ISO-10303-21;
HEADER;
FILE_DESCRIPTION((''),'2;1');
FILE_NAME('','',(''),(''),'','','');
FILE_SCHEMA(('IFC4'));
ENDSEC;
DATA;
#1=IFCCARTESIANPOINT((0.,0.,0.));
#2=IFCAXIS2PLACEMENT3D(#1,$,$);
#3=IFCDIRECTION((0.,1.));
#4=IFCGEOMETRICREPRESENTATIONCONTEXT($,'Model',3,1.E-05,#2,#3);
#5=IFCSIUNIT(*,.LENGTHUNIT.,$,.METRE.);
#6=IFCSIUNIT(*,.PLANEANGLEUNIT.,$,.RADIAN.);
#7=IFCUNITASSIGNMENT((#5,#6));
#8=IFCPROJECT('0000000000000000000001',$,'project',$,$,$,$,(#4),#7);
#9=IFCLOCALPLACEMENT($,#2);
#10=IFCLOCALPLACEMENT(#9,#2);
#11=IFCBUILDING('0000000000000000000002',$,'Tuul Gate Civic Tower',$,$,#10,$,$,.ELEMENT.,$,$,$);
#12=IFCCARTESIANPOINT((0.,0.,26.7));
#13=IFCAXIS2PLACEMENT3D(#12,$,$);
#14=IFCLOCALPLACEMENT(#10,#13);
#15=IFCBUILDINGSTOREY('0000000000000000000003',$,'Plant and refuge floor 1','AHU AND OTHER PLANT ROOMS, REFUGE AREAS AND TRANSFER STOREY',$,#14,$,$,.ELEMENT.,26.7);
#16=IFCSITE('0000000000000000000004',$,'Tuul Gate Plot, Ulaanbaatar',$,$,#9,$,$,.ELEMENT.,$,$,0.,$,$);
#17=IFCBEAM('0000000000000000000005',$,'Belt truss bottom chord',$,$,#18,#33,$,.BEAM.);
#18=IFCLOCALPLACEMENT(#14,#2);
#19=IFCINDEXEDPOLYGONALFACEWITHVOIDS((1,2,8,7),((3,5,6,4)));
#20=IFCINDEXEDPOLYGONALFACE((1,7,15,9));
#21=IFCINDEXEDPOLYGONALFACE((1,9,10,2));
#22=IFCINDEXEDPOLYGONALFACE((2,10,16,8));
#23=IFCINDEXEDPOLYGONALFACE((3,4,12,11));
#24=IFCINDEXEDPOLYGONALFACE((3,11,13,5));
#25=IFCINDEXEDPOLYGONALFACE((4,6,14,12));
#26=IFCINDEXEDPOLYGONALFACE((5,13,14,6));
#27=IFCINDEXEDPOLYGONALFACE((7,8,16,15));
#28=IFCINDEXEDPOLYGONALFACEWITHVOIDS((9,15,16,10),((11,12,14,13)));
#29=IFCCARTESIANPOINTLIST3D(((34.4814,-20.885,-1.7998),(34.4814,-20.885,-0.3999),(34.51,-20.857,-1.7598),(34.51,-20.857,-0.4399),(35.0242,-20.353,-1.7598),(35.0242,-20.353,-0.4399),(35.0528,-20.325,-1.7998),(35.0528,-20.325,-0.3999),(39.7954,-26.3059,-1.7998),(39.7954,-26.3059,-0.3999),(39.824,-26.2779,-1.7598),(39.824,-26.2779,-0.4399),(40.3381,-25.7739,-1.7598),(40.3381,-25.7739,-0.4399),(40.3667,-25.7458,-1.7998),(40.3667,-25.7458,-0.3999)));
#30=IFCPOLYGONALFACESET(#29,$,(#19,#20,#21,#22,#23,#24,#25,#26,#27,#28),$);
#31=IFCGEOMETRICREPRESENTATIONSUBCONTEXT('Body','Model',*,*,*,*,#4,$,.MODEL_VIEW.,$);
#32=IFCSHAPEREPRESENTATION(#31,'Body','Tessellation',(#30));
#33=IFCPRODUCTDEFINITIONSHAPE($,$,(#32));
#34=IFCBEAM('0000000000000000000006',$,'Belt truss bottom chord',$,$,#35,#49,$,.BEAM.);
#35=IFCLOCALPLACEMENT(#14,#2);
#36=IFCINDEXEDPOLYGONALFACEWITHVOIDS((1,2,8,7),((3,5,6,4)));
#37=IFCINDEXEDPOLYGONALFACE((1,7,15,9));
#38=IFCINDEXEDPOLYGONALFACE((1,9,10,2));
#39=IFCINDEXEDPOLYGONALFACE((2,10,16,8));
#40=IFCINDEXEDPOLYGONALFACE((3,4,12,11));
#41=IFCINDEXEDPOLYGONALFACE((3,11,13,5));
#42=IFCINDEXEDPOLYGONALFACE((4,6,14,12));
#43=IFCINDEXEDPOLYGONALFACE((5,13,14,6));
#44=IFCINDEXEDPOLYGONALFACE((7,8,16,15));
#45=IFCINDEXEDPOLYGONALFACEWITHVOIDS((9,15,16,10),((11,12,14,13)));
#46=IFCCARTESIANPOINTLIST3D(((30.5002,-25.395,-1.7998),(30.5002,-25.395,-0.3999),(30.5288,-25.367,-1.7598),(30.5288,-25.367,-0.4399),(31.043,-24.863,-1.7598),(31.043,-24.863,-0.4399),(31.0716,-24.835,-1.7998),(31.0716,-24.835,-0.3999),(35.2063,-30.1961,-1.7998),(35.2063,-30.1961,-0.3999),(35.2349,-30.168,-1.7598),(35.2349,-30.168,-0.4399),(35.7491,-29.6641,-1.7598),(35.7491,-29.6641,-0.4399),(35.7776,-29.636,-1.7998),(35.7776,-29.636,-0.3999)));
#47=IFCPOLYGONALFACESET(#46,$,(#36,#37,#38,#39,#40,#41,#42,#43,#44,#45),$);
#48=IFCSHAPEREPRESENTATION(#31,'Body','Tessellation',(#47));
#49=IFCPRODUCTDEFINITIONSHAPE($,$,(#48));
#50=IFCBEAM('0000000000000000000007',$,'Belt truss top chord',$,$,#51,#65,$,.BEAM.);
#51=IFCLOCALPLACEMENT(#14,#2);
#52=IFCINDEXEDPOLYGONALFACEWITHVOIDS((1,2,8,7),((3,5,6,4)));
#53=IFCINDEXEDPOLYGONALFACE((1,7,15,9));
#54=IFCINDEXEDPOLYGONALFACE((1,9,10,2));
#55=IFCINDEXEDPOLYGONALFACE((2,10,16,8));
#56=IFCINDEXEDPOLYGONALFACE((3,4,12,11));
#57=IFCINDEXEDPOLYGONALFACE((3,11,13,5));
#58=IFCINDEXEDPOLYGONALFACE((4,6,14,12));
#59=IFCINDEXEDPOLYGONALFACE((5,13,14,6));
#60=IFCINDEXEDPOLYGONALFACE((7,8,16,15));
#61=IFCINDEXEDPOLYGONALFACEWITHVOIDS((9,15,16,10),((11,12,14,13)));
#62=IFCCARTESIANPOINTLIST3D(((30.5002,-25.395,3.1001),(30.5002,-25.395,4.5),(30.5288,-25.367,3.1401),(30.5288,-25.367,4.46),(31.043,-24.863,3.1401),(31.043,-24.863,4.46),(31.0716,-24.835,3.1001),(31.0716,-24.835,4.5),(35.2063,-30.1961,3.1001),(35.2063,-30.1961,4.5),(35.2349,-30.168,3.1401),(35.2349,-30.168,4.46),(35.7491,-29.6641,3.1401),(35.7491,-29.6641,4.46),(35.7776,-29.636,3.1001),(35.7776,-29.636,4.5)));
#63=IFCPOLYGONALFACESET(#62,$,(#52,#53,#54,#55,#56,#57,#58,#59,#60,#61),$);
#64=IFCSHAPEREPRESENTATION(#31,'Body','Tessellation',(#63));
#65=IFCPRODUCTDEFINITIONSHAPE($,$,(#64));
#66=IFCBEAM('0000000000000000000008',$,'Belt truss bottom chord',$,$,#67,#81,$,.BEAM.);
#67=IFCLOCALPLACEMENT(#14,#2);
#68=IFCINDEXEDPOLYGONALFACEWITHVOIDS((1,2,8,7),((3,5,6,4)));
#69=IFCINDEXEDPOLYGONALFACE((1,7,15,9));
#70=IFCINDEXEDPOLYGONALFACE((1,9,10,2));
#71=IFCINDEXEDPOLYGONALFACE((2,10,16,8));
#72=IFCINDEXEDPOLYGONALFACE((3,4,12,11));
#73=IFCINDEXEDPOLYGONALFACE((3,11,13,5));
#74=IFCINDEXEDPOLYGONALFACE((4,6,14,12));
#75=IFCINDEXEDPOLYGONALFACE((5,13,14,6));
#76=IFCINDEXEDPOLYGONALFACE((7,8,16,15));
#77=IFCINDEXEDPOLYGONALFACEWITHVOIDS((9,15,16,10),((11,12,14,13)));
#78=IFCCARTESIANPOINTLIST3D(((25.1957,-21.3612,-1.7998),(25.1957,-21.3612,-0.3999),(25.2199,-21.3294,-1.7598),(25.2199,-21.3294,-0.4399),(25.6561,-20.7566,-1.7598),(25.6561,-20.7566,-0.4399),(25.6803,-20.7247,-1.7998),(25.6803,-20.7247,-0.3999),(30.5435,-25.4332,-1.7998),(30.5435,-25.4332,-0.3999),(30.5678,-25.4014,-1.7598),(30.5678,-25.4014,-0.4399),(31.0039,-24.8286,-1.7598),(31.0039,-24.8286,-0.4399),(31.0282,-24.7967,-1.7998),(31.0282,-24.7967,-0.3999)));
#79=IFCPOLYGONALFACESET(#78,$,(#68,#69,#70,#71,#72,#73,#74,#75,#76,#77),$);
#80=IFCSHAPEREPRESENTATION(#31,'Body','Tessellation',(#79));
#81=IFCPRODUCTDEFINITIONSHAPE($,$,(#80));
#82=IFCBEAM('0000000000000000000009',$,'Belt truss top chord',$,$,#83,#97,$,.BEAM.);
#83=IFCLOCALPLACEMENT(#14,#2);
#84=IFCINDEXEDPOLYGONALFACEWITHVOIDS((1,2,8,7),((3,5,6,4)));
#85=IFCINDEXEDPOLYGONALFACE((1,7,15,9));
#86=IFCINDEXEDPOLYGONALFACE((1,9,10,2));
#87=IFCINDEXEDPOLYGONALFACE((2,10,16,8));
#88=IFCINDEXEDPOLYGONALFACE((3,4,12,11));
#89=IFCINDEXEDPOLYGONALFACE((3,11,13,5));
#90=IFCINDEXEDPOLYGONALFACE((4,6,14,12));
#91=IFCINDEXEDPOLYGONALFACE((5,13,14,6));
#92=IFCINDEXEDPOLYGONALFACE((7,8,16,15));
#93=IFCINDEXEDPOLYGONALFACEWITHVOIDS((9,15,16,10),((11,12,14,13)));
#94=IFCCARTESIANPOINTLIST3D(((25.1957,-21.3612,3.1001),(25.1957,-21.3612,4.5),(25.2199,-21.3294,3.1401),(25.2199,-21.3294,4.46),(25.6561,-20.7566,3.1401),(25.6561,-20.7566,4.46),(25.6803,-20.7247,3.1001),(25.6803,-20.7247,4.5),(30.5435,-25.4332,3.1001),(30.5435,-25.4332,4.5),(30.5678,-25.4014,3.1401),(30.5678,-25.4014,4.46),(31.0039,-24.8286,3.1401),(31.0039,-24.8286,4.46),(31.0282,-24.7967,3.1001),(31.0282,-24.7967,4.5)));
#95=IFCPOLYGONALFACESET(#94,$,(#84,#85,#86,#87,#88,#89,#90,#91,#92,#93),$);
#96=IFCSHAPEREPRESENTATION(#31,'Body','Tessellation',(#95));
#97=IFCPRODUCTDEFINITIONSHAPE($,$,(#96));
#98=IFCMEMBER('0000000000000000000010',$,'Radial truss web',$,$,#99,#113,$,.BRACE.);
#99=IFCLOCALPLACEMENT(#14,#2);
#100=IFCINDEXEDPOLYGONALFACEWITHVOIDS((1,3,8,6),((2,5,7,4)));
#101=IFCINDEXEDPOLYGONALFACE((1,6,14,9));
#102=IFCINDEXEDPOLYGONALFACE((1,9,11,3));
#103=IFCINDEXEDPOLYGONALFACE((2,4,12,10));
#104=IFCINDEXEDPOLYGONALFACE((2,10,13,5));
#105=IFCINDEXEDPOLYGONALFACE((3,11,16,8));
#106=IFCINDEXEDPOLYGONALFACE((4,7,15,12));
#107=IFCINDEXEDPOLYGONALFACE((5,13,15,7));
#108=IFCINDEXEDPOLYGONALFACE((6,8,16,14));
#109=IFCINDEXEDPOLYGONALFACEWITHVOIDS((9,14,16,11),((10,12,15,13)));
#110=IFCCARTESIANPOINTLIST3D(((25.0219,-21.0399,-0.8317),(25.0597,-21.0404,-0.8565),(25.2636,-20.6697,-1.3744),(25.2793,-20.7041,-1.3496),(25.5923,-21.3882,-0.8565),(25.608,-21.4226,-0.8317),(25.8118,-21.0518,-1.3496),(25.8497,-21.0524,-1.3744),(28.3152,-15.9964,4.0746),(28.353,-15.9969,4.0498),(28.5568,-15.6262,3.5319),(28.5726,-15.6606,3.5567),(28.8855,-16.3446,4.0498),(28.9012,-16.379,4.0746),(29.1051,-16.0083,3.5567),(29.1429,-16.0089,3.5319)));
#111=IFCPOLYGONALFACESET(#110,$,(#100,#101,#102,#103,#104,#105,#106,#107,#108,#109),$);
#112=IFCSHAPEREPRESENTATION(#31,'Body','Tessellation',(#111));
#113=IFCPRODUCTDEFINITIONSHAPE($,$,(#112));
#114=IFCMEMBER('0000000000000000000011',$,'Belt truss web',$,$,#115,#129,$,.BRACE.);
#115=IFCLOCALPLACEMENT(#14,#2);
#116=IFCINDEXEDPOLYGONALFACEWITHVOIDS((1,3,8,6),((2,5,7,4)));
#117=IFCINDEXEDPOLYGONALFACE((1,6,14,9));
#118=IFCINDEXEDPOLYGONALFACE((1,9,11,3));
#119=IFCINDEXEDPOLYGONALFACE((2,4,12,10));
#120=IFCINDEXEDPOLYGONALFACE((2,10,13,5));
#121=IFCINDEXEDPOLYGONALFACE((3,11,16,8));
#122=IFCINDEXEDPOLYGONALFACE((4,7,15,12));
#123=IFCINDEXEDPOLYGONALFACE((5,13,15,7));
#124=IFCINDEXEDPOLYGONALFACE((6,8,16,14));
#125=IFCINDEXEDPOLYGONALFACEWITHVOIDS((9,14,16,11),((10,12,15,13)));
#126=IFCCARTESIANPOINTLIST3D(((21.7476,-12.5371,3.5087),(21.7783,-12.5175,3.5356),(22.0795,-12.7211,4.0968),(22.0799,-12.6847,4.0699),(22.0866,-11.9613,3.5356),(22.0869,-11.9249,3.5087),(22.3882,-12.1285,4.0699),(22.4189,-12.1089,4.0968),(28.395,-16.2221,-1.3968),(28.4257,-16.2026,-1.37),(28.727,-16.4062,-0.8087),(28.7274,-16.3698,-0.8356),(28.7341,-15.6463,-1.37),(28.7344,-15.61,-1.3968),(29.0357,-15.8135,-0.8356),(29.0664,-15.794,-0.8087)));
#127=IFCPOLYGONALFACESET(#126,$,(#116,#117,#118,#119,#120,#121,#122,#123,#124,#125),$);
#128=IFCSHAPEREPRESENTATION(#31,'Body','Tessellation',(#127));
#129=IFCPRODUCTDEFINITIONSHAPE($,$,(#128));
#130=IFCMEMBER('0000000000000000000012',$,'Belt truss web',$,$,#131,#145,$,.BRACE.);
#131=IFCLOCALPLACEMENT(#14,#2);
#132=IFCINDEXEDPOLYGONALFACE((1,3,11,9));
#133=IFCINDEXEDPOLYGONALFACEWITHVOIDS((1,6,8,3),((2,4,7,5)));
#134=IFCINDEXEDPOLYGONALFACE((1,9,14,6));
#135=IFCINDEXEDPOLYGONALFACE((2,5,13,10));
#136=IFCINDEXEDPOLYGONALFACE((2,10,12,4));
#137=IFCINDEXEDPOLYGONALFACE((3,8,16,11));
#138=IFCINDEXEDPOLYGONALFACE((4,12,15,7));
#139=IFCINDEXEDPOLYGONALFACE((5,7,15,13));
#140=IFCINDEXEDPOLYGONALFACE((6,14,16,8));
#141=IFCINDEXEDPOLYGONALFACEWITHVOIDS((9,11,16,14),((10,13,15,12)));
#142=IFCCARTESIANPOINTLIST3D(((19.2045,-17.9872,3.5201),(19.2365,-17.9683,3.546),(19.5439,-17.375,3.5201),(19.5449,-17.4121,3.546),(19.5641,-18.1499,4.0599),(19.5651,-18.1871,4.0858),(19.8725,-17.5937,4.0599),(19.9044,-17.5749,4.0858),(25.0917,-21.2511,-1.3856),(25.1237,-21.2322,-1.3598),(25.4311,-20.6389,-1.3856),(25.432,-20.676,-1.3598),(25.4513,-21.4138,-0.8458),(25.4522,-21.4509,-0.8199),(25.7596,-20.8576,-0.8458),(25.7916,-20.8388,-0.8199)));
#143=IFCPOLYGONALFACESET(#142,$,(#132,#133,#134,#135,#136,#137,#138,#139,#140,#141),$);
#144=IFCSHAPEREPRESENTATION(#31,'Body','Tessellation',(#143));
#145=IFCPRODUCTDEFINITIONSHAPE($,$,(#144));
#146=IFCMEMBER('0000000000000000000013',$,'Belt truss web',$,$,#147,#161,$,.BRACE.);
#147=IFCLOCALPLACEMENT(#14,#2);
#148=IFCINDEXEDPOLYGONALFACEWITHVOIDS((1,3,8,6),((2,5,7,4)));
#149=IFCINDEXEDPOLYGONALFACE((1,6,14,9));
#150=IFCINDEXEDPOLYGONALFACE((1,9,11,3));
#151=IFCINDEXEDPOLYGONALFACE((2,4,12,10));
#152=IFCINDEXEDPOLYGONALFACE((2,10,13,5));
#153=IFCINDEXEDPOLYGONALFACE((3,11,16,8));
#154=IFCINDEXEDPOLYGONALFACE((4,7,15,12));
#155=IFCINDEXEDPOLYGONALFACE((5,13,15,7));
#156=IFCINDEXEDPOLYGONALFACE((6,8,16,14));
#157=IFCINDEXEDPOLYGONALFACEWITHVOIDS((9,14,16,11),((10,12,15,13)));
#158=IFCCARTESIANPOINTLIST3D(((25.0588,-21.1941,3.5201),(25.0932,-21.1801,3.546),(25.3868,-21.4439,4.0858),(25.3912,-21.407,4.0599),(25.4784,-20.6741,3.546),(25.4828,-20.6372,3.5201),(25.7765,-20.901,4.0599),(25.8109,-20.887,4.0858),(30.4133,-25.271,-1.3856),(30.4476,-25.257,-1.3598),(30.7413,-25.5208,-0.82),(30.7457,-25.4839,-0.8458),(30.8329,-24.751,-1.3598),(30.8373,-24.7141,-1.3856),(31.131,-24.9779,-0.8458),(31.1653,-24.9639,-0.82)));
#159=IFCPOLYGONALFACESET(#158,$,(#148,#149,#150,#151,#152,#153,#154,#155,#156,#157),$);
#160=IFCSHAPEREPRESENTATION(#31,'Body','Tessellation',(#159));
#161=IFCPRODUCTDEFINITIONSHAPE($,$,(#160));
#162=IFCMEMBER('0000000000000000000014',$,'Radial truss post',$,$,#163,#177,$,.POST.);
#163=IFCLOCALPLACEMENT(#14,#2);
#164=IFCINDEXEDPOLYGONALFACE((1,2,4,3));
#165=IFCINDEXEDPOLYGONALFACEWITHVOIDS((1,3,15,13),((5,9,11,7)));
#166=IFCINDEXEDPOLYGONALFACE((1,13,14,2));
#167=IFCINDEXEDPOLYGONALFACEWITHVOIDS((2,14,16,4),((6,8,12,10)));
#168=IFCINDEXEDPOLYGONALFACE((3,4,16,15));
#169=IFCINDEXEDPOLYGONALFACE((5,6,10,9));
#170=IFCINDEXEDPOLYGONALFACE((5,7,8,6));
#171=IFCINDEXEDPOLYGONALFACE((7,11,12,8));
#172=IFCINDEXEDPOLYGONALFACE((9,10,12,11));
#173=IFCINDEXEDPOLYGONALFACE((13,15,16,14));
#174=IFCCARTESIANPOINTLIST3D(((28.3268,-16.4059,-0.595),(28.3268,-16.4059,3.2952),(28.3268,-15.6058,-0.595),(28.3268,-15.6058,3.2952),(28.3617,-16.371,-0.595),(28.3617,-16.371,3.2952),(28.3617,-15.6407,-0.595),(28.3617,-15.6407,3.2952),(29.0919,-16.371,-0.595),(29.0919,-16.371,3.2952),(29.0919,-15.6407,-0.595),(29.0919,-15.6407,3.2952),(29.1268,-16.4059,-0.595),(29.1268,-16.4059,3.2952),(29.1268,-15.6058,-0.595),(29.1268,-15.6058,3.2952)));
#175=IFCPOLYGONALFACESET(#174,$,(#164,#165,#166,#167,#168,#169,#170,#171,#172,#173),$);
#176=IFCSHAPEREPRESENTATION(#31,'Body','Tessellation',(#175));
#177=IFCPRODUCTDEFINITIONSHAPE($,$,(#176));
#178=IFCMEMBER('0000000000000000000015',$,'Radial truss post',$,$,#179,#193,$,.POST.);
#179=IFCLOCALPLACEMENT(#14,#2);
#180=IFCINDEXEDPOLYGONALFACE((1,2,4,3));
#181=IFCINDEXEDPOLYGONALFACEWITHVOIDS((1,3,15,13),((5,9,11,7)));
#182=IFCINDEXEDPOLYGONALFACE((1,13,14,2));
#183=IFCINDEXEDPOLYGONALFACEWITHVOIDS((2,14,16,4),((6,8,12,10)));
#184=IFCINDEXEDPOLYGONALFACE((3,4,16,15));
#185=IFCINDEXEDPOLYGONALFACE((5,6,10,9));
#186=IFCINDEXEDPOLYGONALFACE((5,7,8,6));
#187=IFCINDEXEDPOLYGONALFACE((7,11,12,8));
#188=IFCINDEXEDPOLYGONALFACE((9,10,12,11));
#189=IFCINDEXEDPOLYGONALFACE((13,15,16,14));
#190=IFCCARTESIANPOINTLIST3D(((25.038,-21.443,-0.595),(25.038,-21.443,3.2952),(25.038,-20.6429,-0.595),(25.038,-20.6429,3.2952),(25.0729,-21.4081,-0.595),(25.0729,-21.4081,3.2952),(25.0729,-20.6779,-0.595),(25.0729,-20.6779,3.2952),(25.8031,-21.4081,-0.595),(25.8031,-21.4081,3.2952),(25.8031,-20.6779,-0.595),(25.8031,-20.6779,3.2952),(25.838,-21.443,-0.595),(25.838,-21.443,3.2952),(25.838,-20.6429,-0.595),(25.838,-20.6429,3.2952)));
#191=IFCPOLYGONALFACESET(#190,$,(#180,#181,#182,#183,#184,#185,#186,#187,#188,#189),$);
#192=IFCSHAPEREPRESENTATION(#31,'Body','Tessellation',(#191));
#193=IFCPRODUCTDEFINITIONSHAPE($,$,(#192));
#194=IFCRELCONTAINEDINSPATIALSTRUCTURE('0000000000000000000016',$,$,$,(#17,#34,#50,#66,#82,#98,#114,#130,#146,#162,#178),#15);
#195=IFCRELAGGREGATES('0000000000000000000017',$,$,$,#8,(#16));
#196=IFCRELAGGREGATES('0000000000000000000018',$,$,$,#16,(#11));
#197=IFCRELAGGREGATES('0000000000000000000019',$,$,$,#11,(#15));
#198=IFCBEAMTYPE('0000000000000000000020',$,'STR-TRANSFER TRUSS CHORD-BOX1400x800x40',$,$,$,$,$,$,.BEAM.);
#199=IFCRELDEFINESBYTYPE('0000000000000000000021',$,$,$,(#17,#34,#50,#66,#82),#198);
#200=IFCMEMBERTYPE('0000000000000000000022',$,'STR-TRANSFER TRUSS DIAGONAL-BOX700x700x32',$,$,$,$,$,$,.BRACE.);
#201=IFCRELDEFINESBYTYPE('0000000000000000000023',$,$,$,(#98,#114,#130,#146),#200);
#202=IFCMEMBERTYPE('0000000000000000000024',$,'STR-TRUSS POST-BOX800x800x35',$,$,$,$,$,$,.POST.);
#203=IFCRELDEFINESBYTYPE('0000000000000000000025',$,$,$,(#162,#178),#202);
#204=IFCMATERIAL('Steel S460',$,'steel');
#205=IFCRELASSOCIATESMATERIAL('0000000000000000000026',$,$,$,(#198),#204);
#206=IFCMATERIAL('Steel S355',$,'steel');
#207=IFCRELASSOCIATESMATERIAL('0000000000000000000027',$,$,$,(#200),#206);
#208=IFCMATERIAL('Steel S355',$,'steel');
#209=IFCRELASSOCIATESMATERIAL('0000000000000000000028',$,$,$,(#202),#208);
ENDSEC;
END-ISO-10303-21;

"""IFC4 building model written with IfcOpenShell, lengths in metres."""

from ifc_helpers import new_model, si_unit, direction, frame, origin, origin_2d, place, context, subcontext, project, spatial, hollow_rectangle, extrude, material, material_profile, profile_set, type_object, element, save


model = new_model("IFC4")

# Units and contexts
model_context = context("Model", 3, precision=1e-05, world=origin(), true_north=direction((0.0, 1.0)))
body_context = subcontext(model_context, "Body", "Model", "MODEL_VIEW")
ifc_project = project(units=[si_unit("LENGTHUNIT", "METRE"), si_unit("PLANEANGLEUNIT", "RADIAN")], contexts=[model_context])

# Site, building, storey
site_placement = place(None, origin())
site = spatial("IfcSite", under=ifc_project, at=site_placement, Name="Tuul Gate Plot, Ulaanbaatar", CompositionType="ELEMENT", RefElevation=0.0)
building_placement = place(site_placement, origin())
building = spatial("IfcBuilding", under=site, at=building_placement, Name="Tuul Gate Civic Tower", CompositionType="ELEMENT")
storey_placement = place(building_placement, frame((0.0, 0.0, 26.7)))
storey = spatial("IfcBuildingStorey", under=building, at=storey_placement, Name="Plant and refuge floor 1", Description="AHU AND OTHER PLANT ROOMS, REFUGE AREAS AND TRANSFER STOREY", CompositionType="ELEMENT", Elevation=26.7)

# Beams
ifc_material_1 = material(Name="Steel S460", Category="steel")
ifc_material_profile_1 = material_profile(ifc_material_1, hollow_rectangle(XDim=0.8, YDim=1.3999, WallThickness=0.04, at=origin_2d()), Name="BOX1400x800x40")
ifc_profile_set_1 = profile_set([ifc_material_profile_1], Name="Steel S460")
beam_type_1 = type_object("IfcBeamType", Name="STR-TRANSFER TRUSS CHORD-BOX1400x800x40", PredefinedType="BEAM", material=ifc_profile_set_1)
beam_1_placement = place(storey_placement, frame((34.7671, -20.605, -1.0999), z_axis=(0.700028, -0.714115, 0.0), x_axis=(0.714115, 0.700028, 0.0)))
element("IfcBeam", 1, at=beam_1_placement, inside=storey, type_object=beam_type_1, Name="Belt truss bottom chord", PredefinedType="BEAM", context=body_context, shape_type="SweptSolid", body=[
    extrude(hollow_rectangle(XDim=0.8, YDim=1.3999, WallThickness=0.04, at=origin_2d()), origin(), (0.0, 0.0, 1.0), 7.5911),
])
for number, where, z_axis, x_axis, name in (
    (2, (30.7859, -25.115, -1.0999), (0.700008, -0.714135, 0.0), (0.714135, 0.700008, 0.0), "Belt truss bottom chord"),
    (3, (30.7859, -25.115, 3.8), (0.700008, -0.714135, 0.0), (0.714135, 0.700008, 0.0), "Belt truss top chord"),
):
    element("IfcBeam", number, at=place(storey_placement, frame(where, z_axis=z_axis, x_axis=x_axis)), inside=storey, type_object=beam_type_1, Name=name, PredefinedType="BEAM", context=body_context, shape_type="SweptSolid", body=[
        extrude(hollow_rectangle(XDim=0.8, YDim=1.3999, WallThickness=0.04, at=origin_2d()), origin(), (0.0, 0.0, 1.0), 6.7229),
    ])
for number, where, z_axis, x_axis, name in (
    (4, (25.438, -21.043, -1.0999), (0.795616, -0.605801, 0.0), (0.605801, 0.795616, 0.0), "Belt truss bottom chord"),
    (5, (25.438, -21.043, 3.8), (0.795616, -0.605801, 0.0), (0.605801, 0.795616, 0.0), "Belt truss top chord"),
):
    element("IfcBeam", number, at=place(storey_placement, frame(where, z_axis=z_axis, x_axis=x_axis)), inside=storey, type_object=beam_type_1, Name=name, PredefinedType="BEAM", context=body_context, shape_type="SweptSolid", body=[
        extrude(hollow_rectangle(XDim=0.8, YDim=1.3999, WallThickness=0.04, at=origin_2d()), origin(), (0.0, 0.0, 1.0), 6.7217),
    ])

# Members
ifc_material_2 = material(Name="Steel S355", Category="steel")
ifc_material_profile_2 = material_profile(ifc_material_2, hollow_rectangle(XDim=0.7, YDim=0.7, WallThickness=0.032, at=origin_2d()), Name="BOX700x700x32")
ifc_profile_set_2 = profile_set([ifc_material_profile_2], Name="Steel S355")
member_type_1 = type_object("IfcMemberType", Name="STR-TRANSFER TRUSS DIAGONAL-BOX700x700x32", PredefinedType="BRACE", material=ifc_profile_set_2)
member_1_placement = place(storey_placement, frame((25.4358, -21.0461, -1.103), z_axis=(0.423907, 0.649201, 0.631539), x_axis=(-0.837306, 0.546734, 0.0)))
element("IfcMember", 6, at=member_1_placement, inside=storey, type_object=member_type_1, Name="Radial truss web", PredefinedType="BRACE", context=body_context, shape_type="SweptSolid", body=[
    extrude(hollow_rectangle(XDim=0.7, YDim=0.7, WallThickness=0.032, at=origin_2d()), origin(), (0.0, 0.0, 1.0), 7.7688),
])
member_2_placement = place(storey_placement, frame((28.7307, -16.0081, -1.1028), z_axis=(-0.73484, 0.407363, 0.542278), x_axis=(-0.484841, -0.874602, 0.0)))
element("IfcMember", 7, at=member_2_placement, inside=storey, type_object=member_type_1, Name="Belt truss web", PredefinedType="BRACE", context=body_context, shape_type="SweptSolid", body=[
    extrude(hollow_rectangle(XDim=0.7, YDim=0.7, WallThickness=0.032, at=origin_2d()), origin(), (0.0, 0.0, 1.0), 9.0461),
])
member_3_placement = place(storey_placement, frame((25.4417, -21.0449, -1.1028), z_axis=(-0.706799, 0.391855, 0.58897), x_axis=(-0.484876, -0.874583, 0.0)))
element("IfcMember", 8, at=member_3_placement, inside=storey, type_object=member_type_1, Name="Belt truss web", PredefinedType="BRACE", context=body_context, shape_type="SweptSolid", body=[
    extrude(hollow_rectangle(XDim=0.7, YDim=0.7, WallThickness=0.032, at=origin_2d()), origin(), (0.0, 0.0, 1.0), 8.3293),
])
member_4_placement = place(storey_placement, frame((30.7893, -25.1174, -1.1028), z_axis=(-0.642938, 0.489532, 0.589057), x_axis=(-0.605789, -0.795626, 0.0)))
element("IfcMember", 9, at=member_4_placement, inside=storey, type_object=member_type_1, Name="Belt truss web", PredefinedType="BRACE", context=body_context, shape_type="SweptSolid", body=[
    extrude(hollow_rectangle(XDim=0.7, YDim=0.7, WallThickness=0.032, at=origin_2d()), origin(), (0.0, 0.0, 1.0), 8.3281),
])
ifc_material_3 = material(Name="Steel S355", Category="steel")
ifc_material_profile_3 = material_profile(ifc_material_3, hollow_rectangle(XDim=0.8, YDim=0.8, WallThickness=0.0349, at=origin_2d()), Name="BOX800x800x35")
ifc_profile_set_3 = profile_set([ifc_material_profile_3], Name="Steel S355")
member_type_2 = type_object("IfcMemberType", Name="STR-TRUSS POST-BOX800x800x35", PredefinedType="POST", material=ifc_profile_set_3)
for number, where, z_axis, x_axis, name in (
    (10, (28.7268, -16.0059, -0.595), (0.0, 0.0, 1.0), (1.0, 0.0, 0.0), "Radial truss post"),
    (11, (25.438, -21.043, -0.595), (0.0, 0.0, 1.0), (1.0, 0.0, 0.0), "Radial truss post"),
):
    element("IfcMember", number, at=place(storey_placement, frame(where, z_axis=z_axis, x_axis=x_axis)), inside=storey, type_object=member_type_2, Name=name, PredefinedType="POST", context=body_context, shape_type="SweptSolid", body=[
        extrude(hollow_rectangle(XDim=0.8, YDim=0.8, WallThickness=0.0349, at=origin_2d()), origin(), (0.0, 0.0, 1.0), 3.8901),
    ])

save(model, "model.ifc")
